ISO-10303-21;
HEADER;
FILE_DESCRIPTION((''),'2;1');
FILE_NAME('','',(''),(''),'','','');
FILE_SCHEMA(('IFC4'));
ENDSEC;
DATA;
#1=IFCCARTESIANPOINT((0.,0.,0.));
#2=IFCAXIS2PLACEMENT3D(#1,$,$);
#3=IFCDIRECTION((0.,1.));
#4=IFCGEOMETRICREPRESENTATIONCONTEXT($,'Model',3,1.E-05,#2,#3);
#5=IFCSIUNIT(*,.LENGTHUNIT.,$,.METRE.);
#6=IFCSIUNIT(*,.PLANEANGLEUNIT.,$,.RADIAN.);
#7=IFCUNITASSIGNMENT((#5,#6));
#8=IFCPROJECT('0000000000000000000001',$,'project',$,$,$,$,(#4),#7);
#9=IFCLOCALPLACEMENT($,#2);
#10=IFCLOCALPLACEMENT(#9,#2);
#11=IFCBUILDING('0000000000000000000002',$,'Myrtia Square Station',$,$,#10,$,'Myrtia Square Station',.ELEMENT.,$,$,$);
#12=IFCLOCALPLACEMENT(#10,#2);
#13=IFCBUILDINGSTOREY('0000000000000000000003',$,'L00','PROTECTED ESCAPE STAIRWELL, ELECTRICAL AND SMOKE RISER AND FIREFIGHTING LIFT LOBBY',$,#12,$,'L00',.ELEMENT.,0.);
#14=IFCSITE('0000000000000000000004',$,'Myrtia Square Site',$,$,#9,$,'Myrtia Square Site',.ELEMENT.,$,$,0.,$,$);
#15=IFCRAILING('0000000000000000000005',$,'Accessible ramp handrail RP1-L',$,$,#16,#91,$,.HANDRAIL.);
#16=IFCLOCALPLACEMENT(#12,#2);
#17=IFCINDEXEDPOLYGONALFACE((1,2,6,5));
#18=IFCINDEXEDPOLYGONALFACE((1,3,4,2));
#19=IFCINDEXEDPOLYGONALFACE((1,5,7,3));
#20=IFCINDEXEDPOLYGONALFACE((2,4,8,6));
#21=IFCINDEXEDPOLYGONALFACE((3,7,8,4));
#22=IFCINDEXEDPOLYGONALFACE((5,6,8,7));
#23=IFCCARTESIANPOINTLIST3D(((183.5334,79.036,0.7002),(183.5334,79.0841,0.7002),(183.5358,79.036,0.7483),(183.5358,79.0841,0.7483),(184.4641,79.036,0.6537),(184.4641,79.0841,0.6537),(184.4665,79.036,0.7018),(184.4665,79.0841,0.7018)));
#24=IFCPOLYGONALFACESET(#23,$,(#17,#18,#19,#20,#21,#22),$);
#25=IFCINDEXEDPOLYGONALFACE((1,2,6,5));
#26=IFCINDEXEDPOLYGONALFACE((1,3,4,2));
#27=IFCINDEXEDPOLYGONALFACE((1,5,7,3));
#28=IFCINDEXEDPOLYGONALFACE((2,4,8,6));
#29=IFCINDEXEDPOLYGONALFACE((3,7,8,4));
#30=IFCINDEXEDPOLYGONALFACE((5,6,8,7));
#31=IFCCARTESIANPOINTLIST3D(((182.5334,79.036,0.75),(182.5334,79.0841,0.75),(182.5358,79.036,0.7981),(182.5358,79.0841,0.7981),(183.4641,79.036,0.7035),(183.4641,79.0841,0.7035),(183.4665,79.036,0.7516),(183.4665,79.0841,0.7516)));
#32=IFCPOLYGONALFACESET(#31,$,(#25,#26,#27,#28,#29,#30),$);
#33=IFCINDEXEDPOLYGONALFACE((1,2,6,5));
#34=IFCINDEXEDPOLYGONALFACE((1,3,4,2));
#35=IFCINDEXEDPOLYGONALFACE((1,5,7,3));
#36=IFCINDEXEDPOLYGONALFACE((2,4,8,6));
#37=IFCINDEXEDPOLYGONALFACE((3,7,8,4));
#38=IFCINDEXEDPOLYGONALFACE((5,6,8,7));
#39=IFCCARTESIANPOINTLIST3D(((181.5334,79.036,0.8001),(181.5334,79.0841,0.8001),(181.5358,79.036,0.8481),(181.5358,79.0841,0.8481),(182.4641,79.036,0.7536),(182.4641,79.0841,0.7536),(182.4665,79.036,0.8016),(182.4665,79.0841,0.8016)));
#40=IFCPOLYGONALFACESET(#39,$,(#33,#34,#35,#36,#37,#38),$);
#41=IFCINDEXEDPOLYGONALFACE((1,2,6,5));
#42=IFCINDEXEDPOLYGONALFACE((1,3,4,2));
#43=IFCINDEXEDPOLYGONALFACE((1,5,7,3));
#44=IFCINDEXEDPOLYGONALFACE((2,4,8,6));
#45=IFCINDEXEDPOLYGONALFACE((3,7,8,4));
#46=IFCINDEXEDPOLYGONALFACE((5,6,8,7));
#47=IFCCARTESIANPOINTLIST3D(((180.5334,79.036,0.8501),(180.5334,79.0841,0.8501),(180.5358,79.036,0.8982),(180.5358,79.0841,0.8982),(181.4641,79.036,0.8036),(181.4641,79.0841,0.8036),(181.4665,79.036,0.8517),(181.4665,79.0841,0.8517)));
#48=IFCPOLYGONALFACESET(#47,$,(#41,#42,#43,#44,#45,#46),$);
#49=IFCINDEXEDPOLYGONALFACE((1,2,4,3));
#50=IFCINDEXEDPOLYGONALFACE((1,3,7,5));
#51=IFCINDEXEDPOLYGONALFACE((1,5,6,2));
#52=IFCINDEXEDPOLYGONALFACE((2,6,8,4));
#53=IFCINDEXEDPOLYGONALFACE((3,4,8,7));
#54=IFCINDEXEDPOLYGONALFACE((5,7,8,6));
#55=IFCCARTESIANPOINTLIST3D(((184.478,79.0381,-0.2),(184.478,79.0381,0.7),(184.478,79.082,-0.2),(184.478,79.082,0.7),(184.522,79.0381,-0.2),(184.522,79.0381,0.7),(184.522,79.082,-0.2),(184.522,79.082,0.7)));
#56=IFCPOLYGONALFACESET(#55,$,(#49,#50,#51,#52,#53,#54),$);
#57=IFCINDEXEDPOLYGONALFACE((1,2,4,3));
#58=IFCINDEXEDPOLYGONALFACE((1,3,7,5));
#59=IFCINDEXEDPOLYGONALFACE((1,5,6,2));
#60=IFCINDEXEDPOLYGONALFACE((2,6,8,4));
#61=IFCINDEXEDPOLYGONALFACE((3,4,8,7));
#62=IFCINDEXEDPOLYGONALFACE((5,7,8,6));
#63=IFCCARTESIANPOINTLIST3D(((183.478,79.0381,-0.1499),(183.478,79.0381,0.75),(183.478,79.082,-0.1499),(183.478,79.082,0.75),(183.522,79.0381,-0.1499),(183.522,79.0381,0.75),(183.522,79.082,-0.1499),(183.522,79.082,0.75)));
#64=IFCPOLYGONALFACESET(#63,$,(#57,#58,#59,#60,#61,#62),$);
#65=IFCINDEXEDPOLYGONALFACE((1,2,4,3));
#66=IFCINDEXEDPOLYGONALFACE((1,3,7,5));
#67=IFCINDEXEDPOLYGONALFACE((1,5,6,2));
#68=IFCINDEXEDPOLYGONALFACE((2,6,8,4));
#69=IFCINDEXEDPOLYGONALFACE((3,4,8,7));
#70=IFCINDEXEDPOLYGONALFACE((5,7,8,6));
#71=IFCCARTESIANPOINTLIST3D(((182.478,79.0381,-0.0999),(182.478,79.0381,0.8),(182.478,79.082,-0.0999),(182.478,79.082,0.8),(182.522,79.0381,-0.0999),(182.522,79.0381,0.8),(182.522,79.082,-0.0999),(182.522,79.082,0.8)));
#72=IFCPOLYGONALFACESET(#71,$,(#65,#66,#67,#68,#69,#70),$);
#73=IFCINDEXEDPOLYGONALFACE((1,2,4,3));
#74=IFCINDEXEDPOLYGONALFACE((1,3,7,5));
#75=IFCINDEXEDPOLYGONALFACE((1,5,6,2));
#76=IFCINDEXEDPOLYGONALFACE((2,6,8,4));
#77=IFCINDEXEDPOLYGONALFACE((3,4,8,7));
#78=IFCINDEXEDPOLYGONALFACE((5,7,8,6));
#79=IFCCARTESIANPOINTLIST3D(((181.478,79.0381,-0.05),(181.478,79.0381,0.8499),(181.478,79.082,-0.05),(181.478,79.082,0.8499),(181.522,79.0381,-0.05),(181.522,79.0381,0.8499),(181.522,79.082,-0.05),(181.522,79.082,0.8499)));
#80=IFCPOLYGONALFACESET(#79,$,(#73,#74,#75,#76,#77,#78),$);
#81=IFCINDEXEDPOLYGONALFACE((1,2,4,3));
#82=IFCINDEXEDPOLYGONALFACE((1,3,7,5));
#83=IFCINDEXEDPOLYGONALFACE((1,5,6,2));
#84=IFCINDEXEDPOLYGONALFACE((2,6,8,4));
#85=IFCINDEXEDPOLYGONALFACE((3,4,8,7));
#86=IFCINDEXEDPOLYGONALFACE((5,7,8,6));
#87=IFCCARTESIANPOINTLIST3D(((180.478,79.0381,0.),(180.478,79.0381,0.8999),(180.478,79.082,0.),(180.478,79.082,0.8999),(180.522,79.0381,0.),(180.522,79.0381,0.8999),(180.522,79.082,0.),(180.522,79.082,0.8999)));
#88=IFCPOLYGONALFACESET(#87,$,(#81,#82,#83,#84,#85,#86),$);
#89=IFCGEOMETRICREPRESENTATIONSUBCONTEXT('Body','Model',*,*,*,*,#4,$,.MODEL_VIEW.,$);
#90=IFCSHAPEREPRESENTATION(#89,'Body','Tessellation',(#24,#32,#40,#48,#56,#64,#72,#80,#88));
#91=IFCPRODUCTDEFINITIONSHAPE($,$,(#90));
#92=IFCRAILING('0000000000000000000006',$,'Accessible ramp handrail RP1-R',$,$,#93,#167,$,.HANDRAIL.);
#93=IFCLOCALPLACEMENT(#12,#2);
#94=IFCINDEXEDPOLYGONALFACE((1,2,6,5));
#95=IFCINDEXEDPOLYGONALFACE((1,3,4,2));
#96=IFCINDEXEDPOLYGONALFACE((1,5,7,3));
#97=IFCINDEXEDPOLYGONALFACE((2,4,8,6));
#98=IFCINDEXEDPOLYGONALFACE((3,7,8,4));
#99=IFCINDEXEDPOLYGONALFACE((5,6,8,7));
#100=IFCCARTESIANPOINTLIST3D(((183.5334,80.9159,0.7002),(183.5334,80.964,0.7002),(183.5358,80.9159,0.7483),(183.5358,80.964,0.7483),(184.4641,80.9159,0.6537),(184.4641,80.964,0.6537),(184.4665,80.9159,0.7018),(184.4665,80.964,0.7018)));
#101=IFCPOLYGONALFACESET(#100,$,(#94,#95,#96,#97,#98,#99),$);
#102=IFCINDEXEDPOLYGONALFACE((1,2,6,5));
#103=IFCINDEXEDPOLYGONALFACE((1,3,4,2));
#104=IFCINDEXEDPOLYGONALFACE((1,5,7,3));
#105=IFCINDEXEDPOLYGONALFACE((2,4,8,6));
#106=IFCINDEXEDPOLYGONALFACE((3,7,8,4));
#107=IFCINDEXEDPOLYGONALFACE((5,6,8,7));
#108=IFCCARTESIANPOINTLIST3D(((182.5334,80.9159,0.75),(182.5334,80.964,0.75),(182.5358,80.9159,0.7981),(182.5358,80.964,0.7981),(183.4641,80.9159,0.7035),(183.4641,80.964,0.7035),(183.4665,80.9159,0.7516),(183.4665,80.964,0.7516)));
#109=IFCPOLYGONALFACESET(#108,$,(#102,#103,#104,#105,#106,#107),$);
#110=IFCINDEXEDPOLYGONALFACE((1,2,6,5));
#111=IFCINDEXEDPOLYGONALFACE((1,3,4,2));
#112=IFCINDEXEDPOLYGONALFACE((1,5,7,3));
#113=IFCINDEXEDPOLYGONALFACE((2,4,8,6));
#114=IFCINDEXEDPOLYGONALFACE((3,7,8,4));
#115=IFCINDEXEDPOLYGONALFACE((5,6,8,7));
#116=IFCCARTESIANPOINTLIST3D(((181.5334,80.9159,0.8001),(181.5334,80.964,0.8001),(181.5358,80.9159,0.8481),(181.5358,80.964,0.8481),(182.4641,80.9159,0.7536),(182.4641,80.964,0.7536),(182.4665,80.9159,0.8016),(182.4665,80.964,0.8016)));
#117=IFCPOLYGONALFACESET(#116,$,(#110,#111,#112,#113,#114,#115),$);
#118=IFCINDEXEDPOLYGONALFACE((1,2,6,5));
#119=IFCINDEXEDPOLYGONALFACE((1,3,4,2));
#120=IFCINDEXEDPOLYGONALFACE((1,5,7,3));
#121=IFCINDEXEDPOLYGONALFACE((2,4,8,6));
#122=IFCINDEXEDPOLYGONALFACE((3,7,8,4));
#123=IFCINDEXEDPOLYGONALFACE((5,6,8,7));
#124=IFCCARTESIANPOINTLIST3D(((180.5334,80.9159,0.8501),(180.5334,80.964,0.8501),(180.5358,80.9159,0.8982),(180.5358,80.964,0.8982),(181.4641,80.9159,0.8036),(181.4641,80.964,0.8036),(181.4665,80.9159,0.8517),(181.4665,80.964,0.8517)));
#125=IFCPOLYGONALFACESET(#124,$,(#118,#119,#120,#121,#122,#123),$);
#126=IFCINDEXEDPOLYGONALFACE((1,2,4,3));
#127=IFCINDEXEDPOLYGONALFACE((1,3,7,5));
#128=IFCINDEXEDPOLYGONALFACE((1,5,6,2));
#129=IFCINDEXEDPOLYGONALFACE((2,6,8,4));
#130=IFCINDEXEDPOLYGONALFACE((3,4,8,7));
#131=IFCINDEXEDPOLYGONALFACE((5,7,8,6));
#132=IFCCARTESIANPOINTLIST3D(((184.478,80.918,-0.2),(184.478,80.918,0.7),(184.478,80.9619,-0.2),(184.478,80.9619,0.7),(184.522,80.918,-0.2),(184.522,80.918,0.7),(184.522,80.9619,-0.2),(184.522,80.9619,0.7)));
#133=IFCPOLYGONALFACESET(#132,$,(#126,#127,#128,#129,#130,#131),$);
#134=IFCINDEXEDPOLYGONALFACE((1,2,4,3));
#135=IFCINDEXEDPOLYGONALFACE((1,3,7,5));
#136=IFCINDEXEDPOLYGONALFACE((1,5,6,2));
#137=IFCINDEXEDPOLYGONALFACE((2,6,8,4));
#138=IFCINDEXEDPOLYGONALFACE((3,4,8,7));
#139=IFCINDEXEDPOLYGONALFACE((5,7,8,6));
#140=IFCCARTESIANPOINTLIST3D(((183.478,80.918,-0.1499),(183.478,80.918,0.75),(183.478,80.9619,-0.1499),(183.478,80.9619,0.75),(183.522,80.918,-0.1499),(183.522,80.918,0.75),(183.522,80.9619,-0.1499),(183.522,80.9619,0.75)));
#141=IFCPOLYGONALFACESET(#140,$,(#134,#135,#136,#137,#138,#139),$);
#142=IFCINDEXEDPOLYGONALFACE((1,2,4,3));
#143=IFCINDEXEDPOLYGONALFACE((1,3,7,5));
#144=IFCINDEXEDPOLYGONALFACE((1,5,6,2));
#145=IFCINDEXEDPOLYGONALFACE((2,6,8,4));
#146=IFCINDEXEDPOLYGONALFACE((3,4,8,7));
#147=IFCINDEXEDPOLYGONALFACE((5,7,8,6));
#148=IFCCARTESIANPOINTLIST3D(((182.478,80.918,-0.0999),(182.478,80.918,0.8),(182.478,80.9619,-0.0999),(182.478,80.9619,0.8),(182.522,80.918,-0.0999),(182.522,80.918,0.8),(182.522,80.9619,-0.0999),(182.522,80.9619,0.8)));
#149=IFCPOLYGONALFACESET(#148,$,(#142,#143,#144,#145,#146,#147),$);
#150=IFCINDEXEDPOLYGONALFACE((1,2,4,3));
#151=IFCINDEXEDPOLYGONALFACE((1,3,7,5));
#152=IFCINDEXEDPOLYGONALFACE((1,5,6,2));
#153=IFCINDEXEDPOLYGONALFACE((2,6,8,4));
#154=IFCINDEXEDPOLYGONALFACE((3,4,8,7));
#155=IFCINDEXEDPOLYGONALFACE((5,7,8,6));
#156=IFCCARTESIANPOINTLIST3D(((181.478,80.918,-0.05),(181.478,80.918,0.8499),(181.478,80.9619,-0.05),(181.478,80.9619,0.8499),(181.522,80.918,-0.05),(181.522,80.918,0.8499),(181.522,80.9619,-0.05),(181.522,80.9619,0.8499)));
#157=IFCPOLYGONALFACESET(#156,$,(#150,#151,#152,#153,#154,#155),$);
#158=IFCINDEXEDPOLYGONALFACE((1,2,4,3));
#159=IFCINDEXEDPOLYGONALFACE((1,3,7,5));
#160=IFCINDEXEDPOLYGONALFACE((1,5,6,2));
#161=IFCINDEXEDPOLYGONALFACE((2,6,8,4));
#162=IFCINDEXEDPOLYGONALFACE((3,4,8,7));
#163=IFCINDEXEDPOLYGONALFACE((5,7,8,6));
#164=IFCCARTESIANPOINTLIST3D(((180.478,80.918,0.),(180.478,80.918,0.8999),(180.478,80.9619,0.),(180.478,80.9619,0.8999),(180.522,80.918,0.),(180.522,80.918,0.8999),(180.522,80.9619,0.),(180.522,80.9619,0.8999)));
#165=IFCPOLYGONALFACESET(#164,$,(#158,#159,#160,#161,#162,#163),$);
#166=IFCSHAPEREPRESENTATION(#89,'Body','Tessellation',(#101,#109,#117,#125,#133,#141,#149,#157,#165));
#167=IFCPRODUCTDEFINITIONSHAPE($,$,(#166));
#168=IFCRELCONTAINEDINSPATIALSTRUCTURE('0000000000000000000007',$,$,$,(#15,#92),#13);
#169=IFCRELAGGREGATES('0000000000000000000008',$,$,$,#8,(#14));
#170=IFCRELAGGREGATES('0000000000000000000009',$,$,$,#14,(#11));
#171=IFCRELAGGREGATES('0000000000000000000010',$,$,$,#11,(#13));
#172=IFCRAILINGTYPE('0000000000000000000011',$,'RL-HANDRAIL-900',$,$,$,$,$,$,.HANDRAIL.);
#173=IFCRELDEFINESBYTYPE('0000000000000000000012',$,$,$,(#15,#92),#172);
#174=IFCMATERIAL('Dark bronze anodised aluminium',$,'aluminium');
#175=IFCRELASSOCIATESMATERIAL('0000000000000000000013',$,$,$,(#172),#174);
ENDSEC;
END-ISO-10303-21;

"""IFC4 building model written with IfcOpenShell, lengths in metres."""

from ifc_helpers import new_model, si_unit, direction, frame, origin, origin_2d, place, context, subcontext, project, spatial, rectangle, extrude, material, type_object, element, save


model = new_model("IFC4")

# Units and contexts
model_context = context("Model", 3, precision=1e-05, world=origin(), true_north=direction((0.0, 1.0)))
body_context = subcontext(model_context, "Body", "Model", "MODEL_VIEW")
ifc_project = project(units=[si_unit("LENGTHUNIT", "METRE"), si_unit("PLANEANGLEUNIT", "RADIAN")], contexts=[model_context])

# Site, building, storey
site_placement = place(None, origin())
site = spatial("IfcSite", under=ifc_project, at=site_placement, Name="Myrtia Square Site", LongName="Myrtia Square Site", CompositionType="ELEMENT", RefElevation=0.0)
building_placement = place(site_placement, origin())
building = spatial("IfcBuilding", under=site, at=building_placement, Name="Myrtia Square Station", LongName="Myrtia Square Station", CompositionType="ELEMENT")
storey_placement = place(building_placement, origin())
storey = spatial("IfcBuildingStorey", under=building, at=storey_placement, Name="L00", Description="PROTECTED ESCAPE STAIRWELL, ELECTRICAL AND SMOKE RISER AND FIREFIGHTING LIFT LOBBY", LongName="L00", CompositionType="ELEMENT", Elevation=0.0)

# Railings
ifc_material_1 = material(Name="Dark bronze anodised aluminium", Category="aluminium")
railing_type = type_object("IfcRailingType", Name="RL-HANDRAIL-900", PredefinedType="HANDRAIL", material=ifc_material_1)
for number, where, name in (
    (1, (184.5, 79.0601, -0.2), "Accessible ramp handrail RP1-L"),
    (2, (184.5, 80.9399, -0.2), "Accessible ramp handrail RP1-R"),
):
    element("IfcRailing", number, at=place(storey_placement, frame(where)), inside=storey, type_object=railing_type, Name=name, PredefinedType="HANDRAIL", context=body_context, shape_type="SweptSolid", body=[
        extrude(rectangle(XDim=0.0481, YDim=0.0481, at=origin_2d()), frame((-0.0347, 0.0, 0.8777), z_axis=(-0.998753, 0.0, 0.049925), x_axis=(0.0, -1.0, 0.0)), (0.0, 0.0, 1.0), 0.9319),
        extrude(rectangle(XDim=0.0481, YDim=0.0481, at=origin_2d()), frame((-1.0347, 0.0, 0.9275), z_axis=(-0.998753, 0.0, 0.049925), x_axis=(0.0, -1.0, 0.0)), (0.0, 0.0, 1.0), 0.9319),
        extrude(rectangle(XDim=0.0481, YDim=0.0481, at=origin_2d()), frame((-2.0347, 0.0, 0.9775), z_axis=(-0.998753, 0.0, 0.049925), x_axis=(0.0, -1.0, 0.0)), (0.0, 0.0, 1.0), 0.9319),
        extrude(rectangle(XDim=0.0481, YDim=0.0481, at=origin_2d()), frame((-3.0347, 0.0, 1.0276), z_axis=(-0.998753, 0.0, 0.049925), x_axis=(0.0, -1.0, 0.0)), (0.0, 0.0, 1.0), 0.9319),
        extrude(rectangle(XDim=0.0439, YDim=0.0439, at=origin_2d()), origin(), (0.0, 0.0, 1.0), 0.8999),
        extrude(rectangle(XDim=0.0439, YDim=0.0439, at=origin_2d()), frame((-1.0, 0.0, 0.05)), (0.0, 0.0, 1.0), 0.8999),
        extrude(rectangle(XDim=0.0439, YDim=0.0439, at=origin_2d()), frame((-2.0, 0.0, 0.1001)), (0.0, 0.0, 1.0), 0.8999),
        extrude(rectangle(XDim=0.0439, YDim=0.0439, at=origin_2d()), frame((-3.0, 0.0, 0.1499)), (0.0, 0.0, 1.0), 0.8999),
        extrude(rectangle(XDim=0.0439, YDim=0.0439, at=origin_2d()), frame((-4.0, 0.0, 0.2)), (0.0, 0.0, 1.0), 0.8999),
    ])

save(model, "model.ifc")
